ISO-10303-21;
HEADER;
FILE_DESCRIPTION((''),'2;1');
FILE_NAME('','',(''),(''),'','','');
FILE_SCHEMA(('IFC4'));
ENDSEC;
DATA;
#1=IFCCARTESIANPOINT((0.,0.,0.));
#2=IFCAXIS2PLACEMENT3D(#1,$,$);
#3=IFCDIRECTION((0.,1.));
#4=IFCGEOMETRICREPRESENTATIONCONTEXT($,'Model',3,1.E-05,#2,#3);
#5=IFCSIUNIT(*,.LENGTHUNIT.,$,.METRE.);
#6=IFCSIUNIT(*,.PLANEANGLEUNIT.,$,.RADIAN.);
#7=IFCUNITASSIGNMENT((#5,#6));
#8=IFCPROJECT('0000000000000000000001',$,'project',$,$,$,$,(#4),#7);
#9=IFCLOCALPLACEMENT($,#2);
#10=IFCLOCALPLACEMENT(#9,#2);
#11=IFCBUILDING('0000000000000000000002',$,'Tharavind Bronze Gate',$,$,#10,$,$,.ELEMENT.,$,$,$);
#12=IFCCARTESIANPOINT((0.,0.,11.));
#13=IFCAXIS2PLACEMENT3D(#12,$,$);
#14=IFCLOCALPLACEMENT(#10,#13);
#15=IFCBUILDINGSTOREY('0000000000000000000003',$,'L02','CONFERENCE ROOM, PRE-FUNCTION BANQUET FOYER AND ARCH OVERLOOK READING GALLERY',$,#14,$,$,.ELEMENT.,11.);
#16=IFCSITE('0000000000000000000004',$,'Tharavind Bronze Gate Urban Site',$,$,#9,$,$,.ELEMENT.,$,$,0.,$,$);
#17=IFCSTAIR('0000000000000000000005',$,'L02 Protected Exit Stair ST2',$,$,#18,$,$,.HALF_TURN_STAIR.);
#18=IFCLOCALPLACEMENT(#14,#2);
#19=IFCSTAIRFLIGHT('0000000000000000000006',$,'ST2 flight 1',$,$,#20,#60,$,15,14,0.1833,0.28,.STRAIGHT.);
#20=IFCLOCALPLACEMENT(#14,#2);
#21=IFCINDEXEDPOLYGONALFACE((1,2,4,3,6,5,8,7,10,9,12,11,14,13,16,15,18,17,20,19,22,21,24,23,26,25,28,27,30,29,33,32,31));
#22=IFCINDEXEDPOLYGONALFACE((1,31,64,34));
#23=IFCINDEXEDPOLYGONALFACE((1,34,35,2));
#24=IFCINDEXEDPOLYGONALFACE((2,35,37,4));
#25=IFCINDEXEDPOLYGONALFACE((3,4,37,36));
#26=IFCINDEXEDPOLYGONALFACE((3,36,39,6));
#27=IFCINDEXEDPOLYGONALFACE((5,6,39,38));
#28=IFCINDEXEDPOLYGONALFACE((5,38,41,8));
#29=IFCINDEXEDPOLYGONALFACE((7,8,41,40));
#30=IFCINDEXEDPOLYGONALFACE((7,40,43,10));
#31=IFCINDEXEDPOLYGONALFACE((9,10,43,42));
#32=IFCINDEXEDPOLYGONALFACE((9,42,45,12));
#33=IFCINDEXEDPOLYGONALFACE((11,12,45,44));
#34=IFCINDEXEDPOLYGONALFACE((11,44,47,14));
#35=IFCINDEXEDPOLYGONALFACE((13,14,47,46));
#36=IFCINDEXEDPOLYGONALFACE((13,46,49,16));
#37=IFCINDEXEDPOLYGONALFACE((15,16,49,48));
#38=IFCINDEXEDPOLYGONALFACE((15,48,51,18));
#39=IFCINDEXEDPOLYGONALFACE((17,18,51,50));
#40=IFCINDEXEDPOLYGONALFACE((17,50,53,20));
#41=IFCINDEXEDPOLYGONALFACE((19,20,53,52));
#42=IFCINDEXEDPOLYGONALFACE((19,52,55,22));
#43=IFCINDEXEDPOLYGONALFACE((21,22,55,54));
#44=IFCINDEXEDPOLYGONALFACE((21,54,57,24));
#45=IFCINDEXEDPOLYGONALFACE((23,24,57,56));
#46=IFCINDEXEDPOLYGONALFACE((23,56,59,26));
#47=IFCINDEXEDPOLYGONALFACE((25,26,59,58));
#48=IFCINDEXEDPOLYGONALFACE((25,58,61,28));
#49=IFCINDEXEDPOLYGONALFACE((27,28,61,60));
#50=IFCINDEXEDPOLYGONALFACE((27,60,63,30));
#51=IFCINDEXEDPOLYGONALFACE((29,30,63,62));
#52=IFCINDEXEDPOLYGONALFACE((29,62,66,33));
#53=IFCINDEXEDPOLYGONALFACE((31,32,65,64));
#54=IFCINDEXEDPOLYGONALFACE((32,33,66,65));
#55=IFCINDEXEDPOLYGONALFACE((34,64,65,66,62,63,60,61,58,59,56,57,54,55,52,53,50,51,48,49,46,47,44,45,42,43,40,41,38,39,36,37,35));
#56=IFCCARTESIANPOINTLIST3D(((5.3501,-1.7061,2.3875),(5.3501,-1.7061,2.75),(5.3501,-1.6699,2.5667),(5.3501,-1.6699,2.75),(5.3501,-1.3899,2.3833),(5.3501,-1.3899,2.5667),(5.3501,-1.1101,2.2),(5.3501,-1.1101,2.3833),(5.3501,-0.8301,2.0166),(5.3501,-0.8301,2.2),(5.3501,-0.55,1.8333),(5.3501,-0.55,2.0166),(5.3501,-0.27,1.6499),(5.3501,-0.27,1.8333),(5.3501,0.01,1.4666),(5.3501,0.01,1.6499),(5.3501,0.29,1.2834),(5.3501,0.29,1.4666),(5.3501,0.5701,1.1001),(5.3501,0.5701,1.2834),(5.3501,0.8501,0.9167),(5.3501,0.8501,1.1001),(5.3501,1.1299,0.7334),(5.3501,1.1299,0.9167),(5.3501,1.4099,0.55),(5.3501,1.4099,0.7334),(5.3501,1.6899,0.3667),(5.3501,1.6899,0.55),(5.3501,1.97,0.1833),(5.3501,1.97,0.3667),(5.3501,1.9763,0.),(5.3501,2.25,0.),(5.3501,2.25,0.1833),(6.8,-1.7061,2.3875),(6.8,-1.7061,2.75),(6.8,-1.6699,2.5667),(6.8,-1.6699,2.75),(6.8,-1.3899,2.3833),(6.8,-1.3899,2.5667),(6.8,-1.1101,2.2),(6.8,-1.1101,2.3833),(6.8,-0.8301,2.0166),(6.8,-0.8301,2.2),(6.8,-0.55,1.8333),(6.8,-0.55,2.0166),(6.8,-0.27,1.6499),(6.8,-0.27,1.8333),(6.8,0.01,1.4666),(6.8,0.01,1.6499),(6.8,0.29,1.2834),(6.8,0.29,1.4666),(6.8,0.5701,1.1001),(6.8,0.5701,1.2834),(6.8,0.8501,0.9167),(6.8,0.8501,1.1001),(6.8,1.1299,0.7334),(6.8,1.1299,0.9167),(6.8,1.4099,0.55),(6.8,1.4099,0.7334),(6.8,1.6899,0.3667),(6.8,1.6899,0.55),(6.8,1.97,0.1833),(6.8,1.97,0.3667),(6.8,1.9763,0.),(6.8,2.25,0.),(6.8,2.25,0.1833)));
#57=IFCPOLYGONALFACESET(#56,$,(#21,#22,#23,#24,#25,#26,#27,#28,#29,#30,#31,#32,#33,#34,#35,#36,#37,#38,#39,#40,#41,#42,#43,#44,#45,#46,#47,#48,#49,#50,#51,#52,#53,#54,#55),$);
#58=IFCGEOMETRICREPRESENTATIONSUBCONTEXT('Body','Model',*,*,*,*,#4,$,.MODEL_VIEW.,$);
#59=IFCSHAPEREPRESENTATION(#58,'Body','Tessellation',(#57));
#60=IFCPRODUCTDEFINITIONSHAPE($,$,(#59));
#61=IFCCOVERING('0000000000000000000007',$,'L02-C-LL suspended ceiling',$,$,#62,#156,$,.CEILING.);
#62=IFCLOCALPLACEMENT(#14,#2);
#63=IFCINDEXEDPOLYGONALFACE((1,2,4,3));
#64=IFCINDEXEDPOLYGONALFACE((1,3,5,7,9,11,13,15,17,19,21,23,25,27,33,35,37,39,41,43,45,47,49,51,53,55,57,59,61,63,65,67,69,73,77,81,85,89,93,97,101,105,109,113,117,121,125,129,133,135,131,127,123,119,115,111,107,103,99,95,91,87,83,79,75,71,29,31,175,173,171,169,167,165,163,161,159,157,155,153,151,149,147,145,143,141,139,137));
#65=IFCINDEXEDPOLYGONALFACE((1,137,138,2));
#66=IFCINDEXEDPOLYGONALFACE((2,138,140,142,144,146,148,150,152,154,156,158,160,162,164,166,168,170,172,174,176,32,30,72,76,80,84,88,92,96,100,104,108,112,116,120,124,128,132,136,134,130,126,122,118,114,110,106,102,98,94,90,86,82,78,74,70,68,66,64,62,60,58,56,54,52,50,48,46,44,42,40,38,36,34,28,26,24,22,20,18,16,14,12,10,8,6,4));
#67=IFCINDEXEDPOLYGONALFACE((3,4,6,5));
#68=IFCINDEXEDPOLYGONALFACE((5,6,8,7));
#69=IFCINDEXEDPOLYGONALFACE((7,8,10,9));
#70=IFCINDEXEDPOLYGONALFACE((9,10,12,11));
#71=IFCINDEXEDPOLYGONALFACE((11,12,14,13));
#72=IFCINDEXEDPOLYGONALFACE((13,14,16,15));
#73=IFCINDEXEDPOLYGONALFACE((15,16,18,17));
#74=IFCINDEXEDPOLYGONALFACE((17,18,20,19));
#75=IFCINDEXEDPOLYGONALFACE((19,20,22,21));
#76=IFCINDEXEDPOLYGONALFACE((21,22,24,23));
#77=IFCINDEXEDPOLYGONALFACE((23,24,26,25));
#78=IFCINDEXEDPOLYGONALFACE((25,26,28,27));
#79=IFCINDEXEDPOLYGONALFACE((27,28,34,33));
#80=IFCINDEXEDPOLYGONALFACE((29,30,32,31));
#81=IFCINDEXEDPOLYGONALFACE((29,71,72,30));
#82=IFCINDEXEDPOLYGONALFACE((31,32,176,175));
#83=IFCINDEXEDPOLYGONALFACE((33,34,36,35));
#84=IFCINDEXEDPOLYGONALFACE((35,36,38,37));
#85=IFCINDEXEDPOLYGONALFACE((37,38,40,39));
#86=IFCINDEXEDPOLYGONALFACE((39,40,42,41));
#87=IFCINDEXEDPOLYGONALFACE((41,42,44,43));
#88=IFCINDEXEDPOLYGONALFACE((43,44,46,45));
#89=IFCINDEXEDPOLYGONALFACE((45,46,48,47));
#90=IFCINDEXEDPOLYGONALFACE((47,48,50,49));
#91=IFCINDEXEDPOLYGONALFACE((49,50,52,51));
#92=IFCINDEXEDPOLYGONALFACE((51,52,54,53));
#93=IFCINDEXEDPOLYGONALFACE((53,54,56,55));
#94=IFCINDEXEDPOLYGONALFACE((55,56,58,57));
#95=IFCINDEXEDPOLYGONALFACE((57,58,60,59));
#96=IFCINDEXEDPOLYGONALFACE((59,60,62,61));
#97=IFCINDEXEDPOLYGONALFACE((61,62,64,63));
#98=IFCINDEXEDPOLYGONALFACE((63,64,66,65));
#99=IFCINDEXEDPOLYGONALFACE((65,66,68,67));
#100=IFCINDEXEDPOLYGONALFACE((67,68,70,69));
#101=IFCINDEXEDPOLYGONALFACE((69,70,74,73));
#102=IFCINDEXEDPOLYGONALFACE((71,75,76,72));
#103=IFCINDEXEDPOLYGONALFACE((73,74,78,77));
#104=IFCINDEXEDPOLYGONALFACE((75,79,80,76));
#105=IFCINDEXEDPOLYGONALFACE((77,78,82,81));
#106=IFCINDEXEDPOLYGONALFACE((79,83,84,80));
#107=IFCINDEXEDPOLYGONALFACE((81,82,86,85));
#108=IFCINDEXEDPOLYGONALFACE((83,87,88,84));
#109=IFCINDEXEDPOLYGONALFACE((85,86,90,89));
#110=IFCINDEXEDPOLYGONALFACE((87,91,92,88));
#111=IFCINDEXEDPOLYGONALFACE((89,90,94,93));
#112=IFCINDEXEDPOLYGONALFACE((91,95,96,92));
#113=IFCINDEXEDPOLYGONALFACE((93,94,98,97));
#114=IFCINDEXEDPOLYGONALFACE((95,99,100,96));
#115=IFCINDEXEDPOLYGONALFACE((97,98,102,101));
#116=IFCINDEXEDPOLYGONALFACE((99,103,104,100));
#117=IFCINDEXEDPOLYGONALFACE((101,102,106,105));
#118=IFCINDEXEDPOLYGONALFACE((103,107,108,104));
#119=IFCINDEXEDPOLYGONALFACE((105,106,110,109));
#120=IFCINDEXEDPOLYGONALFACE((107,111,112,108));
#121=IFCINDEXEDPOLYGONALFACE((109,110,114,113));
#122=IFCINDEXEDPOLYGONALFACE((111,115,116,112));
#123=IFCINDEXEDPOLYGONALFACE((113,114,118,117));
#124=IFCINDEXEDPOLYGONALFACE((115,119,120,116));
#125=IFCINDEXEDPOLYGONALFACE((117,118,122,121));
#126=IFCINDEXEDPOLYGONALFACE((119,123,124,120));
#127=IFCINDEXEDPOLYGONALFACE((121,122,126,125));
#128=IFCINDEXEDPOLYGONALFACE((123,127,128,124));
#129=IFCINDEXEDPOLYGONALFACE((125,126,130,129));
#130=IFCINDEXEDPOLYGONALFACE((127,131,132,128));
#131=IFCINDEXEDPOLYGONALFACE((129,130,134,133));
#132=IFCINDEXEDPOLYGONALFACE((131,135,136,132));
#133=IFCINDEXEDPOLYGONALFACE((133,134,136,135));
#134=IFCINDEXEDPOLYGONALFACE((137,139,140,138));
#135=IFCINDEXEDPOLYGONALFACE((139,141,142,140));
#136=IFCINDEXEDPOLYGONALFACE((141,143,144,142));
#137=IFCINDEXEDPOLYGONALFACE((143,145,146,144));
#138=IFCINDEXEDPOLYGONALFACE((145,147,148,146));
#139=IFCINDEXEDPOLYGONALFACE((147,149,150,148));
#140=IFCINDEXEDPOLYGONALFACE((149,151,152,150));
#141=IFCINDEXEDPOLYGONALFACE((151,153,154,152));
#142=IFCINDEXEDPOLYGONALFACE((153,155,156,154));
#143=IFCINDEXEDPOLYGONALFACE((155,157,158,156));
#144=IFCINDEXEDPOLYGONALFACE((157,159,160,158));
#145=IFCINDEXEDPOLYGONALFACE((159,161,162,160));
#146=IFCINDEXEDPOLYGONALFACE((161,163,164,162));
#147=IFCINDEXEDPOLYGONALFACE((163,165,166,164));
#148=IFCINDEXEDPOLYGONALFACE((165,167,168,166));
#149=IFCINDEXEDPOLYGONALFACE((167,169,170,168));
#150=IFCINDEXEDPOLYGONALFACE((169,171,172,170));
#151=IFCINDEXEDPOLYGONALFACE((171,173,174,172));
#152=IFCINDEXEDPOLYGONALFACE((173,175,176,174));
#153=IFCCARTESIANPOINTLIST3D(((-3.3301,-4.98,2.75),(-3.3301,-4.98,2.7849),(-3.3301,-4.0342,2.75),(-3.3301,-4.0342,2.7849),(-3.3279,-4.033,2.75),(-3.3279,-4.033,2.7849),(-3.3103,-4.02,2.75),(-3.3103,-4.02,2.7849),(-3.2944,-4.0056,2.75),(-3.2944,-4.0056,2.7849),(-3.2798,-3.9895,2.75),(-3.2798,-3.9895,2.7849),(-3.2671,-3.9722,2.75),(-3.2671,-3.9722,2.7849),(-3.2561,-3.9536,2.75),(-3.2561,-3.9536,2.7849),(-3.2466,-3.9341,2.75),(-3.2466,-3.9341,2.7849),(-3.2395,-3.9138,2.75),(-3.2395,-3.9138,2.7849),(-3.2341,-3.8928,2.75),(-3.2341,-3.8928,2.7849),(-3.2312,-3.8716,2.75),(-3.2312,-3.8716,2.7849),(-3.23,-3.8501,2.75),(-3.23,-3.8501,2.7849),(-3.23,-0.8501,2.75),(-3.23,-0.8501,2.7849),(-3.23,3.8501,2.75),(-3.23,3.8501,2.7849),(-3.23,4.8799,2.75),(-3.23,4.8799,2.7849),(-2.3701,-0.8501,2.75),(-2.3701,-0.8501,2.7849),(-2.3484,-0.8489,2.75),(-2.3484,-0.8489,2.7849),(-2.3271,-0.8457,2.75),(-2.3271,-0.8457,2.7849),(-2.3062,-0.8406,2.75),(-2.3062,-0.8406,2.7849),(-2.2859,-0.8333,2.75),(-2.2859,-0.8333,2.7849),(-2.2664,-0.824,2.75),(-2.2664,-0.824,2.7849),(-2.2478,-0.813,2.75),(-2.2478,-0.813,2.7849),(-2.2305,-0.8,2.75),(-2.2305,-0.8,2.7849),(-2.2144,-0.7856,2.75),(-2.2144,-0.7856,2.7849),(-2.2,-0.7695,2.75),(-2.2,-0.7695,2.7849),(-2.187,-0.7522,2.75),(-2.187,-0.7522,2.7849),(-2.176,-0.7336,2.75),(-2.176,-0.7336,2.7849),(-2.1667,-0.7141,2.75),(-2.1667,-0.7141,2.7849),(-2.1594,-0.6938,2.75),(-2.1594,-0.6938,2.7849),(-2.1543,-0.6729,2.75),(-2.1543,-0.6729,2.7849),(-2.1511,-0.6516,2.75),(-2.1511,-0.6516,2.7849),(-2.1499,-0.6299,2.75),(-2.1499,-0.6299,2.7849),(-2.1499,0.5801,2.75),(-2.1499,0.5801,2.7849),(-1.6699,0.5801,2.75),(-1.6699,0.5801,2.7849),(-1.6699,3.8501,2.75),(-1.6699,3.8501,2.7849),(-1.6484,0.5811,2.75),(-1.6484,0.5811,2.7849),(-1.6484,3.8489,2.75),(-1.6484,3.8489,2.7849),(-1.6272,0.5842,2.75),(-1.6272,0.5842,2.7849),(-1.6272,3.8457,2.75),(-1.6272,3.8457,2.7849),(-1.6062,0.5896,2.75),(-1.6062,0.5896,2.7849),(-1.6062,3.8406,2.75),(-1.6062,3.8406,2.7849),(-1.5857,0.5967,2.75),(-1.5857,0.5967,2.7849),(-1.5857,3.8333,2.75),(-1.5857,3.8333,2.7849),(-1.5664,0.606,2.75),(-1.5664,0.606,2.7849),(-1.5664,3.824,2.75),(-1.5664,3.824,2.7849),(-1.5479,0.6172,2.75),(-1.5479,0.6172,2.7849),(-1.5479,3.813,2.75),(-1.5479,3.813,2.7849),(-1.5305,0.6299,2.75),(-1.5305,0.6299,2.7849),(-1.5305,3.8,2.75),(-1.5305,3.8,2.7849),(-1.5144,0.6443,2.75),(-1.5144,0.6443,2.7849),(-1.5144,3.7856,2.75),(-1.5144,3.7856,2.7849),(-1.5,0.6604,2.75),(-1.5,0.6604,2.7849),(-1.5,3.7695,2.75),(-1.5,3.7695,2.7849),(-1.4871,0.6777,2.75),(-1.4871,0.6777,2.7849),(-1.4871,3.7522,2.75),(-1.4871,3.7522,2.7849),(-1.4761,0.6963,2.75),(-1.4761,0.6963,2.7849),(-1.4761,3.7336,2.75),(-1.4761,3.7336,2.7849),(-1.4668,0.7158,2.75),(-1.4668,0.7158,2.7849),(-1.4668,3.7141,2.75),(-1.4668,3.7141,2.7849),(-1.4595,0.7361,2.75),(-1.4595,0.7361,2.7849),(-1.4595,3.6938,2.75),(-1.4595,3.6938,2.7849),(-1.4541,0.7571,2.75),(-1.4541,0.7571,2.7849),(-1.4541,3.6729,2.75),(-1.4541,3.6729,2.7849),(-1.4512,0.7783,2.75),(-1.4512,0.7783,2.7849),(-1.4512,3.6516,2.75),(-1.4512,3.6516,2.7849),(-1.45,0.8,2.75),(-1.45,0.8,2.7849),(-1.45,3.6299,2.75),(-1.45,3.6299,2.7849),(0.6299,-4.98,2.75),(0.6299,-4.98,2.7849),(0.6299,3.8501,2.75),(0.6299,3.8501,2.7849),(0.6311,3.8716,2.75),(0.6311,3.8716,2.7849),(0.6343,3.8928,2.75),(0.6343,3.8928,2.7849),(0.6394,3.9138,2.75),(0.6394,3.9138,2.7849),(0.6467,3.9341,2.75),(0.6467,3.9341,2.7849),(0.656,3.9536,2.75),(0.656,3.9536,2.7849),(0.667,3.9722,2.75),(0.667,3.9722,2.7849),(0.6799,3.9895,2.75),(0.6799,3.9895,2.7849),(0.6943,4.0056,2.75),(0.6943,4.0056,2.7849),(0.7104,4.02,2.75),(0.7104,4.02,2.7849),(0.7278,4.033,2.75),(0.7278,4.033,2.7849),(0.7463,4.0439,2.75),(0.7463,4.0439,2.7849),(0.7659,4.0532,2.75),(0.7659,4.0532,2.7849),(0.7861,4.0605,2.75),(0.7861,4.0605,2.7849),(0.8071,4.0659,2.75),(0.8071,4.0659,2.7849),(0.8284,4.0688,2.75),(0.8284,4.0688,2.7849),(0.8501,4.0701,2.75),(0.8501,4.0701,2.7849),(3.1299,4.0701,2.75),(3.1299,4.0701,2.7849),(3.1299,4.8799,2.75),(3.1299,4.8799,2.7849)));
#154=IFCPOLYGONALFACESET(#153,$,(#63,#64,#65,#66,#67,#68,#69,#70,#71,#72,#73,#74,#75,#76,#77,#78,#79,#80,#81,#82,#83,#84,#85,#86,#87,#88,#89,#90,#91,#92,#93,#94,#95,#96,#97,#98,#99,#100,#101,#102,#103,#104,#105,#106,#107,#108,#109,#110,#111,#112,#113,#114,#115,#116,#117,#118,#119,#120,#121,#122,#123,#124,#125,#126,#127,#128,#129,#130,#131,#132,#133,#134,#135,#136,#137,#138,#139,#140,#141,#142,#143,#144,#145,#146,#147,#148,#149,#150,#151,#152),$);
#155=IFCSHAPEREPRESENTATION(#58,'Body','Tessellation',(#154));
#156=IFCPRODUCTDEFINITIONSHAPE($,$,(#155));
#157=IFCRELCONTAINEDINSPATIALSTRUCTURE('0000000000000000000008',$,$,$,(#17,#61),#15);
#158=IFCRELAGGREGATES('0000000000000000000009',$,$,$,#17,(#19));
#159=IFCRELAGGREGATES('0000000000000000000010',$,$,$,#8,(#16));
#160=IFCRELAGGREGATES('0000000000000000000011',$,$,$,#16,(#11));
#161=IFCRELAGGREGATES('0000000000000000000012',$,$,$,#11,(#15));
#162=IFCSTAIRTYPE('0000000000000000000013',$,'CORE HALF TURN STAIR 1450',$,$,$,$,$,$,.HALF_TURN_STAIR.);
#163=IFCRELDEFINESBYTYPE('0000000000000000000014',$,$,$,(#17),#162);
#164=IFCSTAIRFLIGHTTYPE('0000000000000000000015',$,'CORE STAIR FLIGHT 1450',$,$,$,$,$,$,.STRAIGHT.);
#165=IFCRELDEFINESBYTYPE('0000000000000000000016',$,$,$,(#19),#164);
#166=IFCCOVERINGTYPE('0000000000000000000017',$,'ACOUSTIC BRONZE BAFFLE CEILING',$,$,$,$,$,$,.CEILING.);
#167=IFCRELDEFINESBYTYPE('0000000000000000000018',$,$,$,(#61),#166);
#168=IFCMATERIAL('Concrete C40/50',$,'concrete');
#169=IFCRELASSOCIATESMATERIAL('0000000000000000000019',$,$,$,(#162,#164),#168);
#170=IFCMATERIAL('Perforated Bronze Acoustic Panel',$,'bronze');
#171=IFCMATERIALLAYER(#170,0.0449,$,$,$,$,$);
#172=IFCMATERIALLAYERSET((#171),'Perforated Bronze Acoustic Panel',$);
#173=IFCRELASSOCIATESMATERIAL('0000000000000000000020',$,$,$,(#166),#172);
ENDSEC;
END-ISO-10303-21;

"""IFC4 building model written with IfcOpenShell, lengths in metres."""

from ifc_helpers import new_model, si_unit, direction, frame, origin, place, context, subcontext, project, spatial, polyline, outline, extrude, material, layer, layer_set, type_object, element, aggregate, save


model = new_model("IFC4")

# Units and contexts
model_context = context("Model", 3, precision=1e-05, world=origin(), true_north=direction((0.0, 1.0)))
body_context = subcontext(model_context, "Body", "Model", "MODEL_VIEW")
ifc_project = project(units=[si_unit("LENGTHUNIT", "METRE"), si_unit("PLANEANGLEUNIT", "RADIAN")], contexts=[model_context])

# Site, building, storey
site_placement = place(None, origin())
site = spatial("IfcSite", under=ifc_project, at=site_placement, Name="Tharavind Bronze Gate Urban Site", CompositionType="ELEMENT", RefElevation=0.0)
building_placement = place(site_placement, origin())
building = spatial("IfcBuilding", under=site, at=building_placement, Name="Tharavind Bronze Gate", CompositionType="ELEMENT")
storey_placement = place(building_placement, frame((0.0, 0.0, 11.0)))
storey = spatial("IfcBuildingStorey", under=building, at=storey_placement, Name="L02", Description="CONFERENCE ROOM, PRE-FUNCTION BANQUET FOYER AND ARCH OVERLOOK READING GALLERY", CompositionType="ELEMENT", Elevation=11.0)

# Shared definitions
ifc_material_1 = material(Name="Concrete C40/50", Category="concrete")

# Stair, stair flight
stair_type_1 = type_object("IfcStairType", Name="CORE HALF TURN STAIR 1450", PredefinedType="HALF_TURN_STAIR", material=ifc_material_1)
stair_1_placement = place(storey_placement, origin())
stair_1 = element("IfcStair", 1, at=stair_1_placement, inside=storey, type_object=stair_type_1, Name="L02 Protected Exit Stair ST2", PredefinedType="HALF_TURN_STAIR")
stair_flight_type = type_object("IfcStairFlightType", Name="CORE STAIR FLIGHT 1450", PredefinedType="STRAIGHT", material=ifc_material_1)
stair_flight_placement = place(storey_placement, frame((6.075, 2.25, 0.0), z_axis=(0.0, 0.0, 1.0), x_axis=(0.0, -1.0, 0.0)))
stair_flight = element("IfcStairFlight", 2, at=stair_flight_placement, type_object=stair_flight_type, Name="ST2 flight 1", NumberOfRisers=15, NumberOfTreads=14, PredefinedType="STRAIGHT", RiserHeight=0.1833, TreadLength=0.28, context=body_context, shape_type="SweptSolid", body=[
    extrude(outline(polyline([(0.0, 0.0), (0.0, 0.1833), (0.28, 0.1833), (0.28, 0.3667), (0.5601, 0.3667), (0.5601, 0.55), (0.8401, 0.55), (0.8401, 0.7334), (1.1201, 0.7334), (1.1201, 0.9167), (1.3999, 0.9167), (1.3999, 1.1001), (1.6799, 1.1001), (1.6799, 1.2834), (1.96, 1.2834), (1.96, 1.4666), (2.24, 1.4666), (2.24, 1.6499), (2.52, 1.6499), (2.52, 1.8333), (2.8, 1.8333), (2.8, 2.0166), (3.0801, 2.0166), (3.0801, 2.2), (3.3601, 2.2), (3.3601, 2.3833), (3.6399, 2.3833), (3.6399, 2.5667), (3.9199, 2.5667), (3.9199, 2.75), (3.9561, 2.75), (3.9561, 2.3875), (0.2737, 0.0), (0.0, 0.0)])), frame((0.0, 0.7251, 0.0), z_axis=(0.0, -1.0, 0.0), x_axis=(1.0, 0.0, 0.0)), (0.0, 0.0, 1.0), 1.45),
])
aggregate(stair_1, [stair_flight])

# Covering
ifc_material_2 = material(Name="Perforated Bronze Acoustic Panel", Category="bronze")
ifc_layer_1 = layer(ifc_material_2, 0.0449)
ifc_layer_set_1 = layer_set([ifc_layer_1], Name="Perforated Bronze Acoustic Panel")
covering_type_1 = type_object("IfcCoveringType", Name="ACOUSTIC BRONZE BAFFLE CEILING", PredefinedType="CEILING", material=ifc_layer_set_1)
covering_1_placement = place(storey_placement, frame((0.0, 0.0, 2.75)))
element("IfcCovering", 3, at=covering_1_placement, inside=storey, type_object=covering_type_1, Name="L02-C-LL suspended ceiling", PredefinedType="CEILING", context=body_context, shape_type="SweptSolid", body=[
    extrude(outline(polyline([(-3.3301, -4.98), (0.6299, -4.98), (0.6299, 3.8501), (0.6311, 3.8716), (0.6343, 3.8928), (0.6394, 3.9138), (0.6467, 3.9341), (0.656, 3.9536), (0.667, 3.9722), (0.6799, 3.9895), (0.6943, 4.0056), (0.7104, 4.02), (0.7278, 4.033), (0.7463, 4.0439), (0.7659, 4.0532), (0.7861, 4.0605), (0.8071, 4.0659), (0.8284, 4.0688), (0.8501, 4.0701), (3.1299, 4.0701), (3.1299, 4.8799), (-3.23, 4.8799), (-3.23, 3.8501), (-1.6699, 3.8501), (-1.6484, 3.8489), (-1.6272, 3.8457), (-1.6062, 3.8406), (-1.5857, 3.8333), (-1.5664, 3.824), (-1.5479, 3.813), (-1.5305, 3.8), (-1.5144, 3.7856), (-1.5, 3.7695), (-1.4871, 3.7522), (-1.4761, 3.7336), (-1.4668, 3.7141), (-1.4595, 3.6938), (-1.4541, 3.6729), (-1.4512, 3.6516), (-1.45, 3.6299), (-1.45, 0.8), (-1.4512, 0.7783), (-1.4541, 0.7571), (-1.4595, 0.7361), (-1.4668, 0.7158), (-1.4761, 0.6963), (-1.4871, 0.6777), (-1.5, 0.6604), (-1.5144, 0.6443), (-1.5305, 0.6299), (-1.5479, 0.6172), (-1.5664, 0.606), (-1.5857, 0.5967), (-1.6062, 0.5896), (-1.6272, 0.5842), (-1.6484, 0.5811), (-1.6699, 0.5801), (-2.1499, 0.5801), (-2.1499, -0.6299), (-2.1511, -0.6516), (-2.1543, -0.6729), (-2.1594, -0.6938), (-2.1667, -0.7141), (-2.176, -0.7336), (-2.187, -0.7522), (-2.2, -0.7695), (-2.2144, -0.7856), (-2.2305, -0.8), (-2.2478, -0.813), (-2.2664, -0.824), (-2.2859, -0.8333), (-2.3062, -0.8406), (-2.3271, -0.8457), (-2.3484, -0.8489), (-2.3701, -0.8501), (-3.23, -0.8501), (-3.23, -3.8501), (-3.2312, -3.8716), (-3.2341, -3.8928), (-3.2395, -3.9138), (-3.2466, -3.9341), (-3.2561, -3.9536), (-3.2671, -3.9722), (-3.2798, -3.9895), (-3.2944, -4.0056), (-3.3103, -4.02), (-3.3279, -4.033), (-3.3301, -4.0342), (-3.3301, -4.98)])), origin(), (0.0, 0.0, 1.0), 0.0349),
])

save(model, "model.ifc")
